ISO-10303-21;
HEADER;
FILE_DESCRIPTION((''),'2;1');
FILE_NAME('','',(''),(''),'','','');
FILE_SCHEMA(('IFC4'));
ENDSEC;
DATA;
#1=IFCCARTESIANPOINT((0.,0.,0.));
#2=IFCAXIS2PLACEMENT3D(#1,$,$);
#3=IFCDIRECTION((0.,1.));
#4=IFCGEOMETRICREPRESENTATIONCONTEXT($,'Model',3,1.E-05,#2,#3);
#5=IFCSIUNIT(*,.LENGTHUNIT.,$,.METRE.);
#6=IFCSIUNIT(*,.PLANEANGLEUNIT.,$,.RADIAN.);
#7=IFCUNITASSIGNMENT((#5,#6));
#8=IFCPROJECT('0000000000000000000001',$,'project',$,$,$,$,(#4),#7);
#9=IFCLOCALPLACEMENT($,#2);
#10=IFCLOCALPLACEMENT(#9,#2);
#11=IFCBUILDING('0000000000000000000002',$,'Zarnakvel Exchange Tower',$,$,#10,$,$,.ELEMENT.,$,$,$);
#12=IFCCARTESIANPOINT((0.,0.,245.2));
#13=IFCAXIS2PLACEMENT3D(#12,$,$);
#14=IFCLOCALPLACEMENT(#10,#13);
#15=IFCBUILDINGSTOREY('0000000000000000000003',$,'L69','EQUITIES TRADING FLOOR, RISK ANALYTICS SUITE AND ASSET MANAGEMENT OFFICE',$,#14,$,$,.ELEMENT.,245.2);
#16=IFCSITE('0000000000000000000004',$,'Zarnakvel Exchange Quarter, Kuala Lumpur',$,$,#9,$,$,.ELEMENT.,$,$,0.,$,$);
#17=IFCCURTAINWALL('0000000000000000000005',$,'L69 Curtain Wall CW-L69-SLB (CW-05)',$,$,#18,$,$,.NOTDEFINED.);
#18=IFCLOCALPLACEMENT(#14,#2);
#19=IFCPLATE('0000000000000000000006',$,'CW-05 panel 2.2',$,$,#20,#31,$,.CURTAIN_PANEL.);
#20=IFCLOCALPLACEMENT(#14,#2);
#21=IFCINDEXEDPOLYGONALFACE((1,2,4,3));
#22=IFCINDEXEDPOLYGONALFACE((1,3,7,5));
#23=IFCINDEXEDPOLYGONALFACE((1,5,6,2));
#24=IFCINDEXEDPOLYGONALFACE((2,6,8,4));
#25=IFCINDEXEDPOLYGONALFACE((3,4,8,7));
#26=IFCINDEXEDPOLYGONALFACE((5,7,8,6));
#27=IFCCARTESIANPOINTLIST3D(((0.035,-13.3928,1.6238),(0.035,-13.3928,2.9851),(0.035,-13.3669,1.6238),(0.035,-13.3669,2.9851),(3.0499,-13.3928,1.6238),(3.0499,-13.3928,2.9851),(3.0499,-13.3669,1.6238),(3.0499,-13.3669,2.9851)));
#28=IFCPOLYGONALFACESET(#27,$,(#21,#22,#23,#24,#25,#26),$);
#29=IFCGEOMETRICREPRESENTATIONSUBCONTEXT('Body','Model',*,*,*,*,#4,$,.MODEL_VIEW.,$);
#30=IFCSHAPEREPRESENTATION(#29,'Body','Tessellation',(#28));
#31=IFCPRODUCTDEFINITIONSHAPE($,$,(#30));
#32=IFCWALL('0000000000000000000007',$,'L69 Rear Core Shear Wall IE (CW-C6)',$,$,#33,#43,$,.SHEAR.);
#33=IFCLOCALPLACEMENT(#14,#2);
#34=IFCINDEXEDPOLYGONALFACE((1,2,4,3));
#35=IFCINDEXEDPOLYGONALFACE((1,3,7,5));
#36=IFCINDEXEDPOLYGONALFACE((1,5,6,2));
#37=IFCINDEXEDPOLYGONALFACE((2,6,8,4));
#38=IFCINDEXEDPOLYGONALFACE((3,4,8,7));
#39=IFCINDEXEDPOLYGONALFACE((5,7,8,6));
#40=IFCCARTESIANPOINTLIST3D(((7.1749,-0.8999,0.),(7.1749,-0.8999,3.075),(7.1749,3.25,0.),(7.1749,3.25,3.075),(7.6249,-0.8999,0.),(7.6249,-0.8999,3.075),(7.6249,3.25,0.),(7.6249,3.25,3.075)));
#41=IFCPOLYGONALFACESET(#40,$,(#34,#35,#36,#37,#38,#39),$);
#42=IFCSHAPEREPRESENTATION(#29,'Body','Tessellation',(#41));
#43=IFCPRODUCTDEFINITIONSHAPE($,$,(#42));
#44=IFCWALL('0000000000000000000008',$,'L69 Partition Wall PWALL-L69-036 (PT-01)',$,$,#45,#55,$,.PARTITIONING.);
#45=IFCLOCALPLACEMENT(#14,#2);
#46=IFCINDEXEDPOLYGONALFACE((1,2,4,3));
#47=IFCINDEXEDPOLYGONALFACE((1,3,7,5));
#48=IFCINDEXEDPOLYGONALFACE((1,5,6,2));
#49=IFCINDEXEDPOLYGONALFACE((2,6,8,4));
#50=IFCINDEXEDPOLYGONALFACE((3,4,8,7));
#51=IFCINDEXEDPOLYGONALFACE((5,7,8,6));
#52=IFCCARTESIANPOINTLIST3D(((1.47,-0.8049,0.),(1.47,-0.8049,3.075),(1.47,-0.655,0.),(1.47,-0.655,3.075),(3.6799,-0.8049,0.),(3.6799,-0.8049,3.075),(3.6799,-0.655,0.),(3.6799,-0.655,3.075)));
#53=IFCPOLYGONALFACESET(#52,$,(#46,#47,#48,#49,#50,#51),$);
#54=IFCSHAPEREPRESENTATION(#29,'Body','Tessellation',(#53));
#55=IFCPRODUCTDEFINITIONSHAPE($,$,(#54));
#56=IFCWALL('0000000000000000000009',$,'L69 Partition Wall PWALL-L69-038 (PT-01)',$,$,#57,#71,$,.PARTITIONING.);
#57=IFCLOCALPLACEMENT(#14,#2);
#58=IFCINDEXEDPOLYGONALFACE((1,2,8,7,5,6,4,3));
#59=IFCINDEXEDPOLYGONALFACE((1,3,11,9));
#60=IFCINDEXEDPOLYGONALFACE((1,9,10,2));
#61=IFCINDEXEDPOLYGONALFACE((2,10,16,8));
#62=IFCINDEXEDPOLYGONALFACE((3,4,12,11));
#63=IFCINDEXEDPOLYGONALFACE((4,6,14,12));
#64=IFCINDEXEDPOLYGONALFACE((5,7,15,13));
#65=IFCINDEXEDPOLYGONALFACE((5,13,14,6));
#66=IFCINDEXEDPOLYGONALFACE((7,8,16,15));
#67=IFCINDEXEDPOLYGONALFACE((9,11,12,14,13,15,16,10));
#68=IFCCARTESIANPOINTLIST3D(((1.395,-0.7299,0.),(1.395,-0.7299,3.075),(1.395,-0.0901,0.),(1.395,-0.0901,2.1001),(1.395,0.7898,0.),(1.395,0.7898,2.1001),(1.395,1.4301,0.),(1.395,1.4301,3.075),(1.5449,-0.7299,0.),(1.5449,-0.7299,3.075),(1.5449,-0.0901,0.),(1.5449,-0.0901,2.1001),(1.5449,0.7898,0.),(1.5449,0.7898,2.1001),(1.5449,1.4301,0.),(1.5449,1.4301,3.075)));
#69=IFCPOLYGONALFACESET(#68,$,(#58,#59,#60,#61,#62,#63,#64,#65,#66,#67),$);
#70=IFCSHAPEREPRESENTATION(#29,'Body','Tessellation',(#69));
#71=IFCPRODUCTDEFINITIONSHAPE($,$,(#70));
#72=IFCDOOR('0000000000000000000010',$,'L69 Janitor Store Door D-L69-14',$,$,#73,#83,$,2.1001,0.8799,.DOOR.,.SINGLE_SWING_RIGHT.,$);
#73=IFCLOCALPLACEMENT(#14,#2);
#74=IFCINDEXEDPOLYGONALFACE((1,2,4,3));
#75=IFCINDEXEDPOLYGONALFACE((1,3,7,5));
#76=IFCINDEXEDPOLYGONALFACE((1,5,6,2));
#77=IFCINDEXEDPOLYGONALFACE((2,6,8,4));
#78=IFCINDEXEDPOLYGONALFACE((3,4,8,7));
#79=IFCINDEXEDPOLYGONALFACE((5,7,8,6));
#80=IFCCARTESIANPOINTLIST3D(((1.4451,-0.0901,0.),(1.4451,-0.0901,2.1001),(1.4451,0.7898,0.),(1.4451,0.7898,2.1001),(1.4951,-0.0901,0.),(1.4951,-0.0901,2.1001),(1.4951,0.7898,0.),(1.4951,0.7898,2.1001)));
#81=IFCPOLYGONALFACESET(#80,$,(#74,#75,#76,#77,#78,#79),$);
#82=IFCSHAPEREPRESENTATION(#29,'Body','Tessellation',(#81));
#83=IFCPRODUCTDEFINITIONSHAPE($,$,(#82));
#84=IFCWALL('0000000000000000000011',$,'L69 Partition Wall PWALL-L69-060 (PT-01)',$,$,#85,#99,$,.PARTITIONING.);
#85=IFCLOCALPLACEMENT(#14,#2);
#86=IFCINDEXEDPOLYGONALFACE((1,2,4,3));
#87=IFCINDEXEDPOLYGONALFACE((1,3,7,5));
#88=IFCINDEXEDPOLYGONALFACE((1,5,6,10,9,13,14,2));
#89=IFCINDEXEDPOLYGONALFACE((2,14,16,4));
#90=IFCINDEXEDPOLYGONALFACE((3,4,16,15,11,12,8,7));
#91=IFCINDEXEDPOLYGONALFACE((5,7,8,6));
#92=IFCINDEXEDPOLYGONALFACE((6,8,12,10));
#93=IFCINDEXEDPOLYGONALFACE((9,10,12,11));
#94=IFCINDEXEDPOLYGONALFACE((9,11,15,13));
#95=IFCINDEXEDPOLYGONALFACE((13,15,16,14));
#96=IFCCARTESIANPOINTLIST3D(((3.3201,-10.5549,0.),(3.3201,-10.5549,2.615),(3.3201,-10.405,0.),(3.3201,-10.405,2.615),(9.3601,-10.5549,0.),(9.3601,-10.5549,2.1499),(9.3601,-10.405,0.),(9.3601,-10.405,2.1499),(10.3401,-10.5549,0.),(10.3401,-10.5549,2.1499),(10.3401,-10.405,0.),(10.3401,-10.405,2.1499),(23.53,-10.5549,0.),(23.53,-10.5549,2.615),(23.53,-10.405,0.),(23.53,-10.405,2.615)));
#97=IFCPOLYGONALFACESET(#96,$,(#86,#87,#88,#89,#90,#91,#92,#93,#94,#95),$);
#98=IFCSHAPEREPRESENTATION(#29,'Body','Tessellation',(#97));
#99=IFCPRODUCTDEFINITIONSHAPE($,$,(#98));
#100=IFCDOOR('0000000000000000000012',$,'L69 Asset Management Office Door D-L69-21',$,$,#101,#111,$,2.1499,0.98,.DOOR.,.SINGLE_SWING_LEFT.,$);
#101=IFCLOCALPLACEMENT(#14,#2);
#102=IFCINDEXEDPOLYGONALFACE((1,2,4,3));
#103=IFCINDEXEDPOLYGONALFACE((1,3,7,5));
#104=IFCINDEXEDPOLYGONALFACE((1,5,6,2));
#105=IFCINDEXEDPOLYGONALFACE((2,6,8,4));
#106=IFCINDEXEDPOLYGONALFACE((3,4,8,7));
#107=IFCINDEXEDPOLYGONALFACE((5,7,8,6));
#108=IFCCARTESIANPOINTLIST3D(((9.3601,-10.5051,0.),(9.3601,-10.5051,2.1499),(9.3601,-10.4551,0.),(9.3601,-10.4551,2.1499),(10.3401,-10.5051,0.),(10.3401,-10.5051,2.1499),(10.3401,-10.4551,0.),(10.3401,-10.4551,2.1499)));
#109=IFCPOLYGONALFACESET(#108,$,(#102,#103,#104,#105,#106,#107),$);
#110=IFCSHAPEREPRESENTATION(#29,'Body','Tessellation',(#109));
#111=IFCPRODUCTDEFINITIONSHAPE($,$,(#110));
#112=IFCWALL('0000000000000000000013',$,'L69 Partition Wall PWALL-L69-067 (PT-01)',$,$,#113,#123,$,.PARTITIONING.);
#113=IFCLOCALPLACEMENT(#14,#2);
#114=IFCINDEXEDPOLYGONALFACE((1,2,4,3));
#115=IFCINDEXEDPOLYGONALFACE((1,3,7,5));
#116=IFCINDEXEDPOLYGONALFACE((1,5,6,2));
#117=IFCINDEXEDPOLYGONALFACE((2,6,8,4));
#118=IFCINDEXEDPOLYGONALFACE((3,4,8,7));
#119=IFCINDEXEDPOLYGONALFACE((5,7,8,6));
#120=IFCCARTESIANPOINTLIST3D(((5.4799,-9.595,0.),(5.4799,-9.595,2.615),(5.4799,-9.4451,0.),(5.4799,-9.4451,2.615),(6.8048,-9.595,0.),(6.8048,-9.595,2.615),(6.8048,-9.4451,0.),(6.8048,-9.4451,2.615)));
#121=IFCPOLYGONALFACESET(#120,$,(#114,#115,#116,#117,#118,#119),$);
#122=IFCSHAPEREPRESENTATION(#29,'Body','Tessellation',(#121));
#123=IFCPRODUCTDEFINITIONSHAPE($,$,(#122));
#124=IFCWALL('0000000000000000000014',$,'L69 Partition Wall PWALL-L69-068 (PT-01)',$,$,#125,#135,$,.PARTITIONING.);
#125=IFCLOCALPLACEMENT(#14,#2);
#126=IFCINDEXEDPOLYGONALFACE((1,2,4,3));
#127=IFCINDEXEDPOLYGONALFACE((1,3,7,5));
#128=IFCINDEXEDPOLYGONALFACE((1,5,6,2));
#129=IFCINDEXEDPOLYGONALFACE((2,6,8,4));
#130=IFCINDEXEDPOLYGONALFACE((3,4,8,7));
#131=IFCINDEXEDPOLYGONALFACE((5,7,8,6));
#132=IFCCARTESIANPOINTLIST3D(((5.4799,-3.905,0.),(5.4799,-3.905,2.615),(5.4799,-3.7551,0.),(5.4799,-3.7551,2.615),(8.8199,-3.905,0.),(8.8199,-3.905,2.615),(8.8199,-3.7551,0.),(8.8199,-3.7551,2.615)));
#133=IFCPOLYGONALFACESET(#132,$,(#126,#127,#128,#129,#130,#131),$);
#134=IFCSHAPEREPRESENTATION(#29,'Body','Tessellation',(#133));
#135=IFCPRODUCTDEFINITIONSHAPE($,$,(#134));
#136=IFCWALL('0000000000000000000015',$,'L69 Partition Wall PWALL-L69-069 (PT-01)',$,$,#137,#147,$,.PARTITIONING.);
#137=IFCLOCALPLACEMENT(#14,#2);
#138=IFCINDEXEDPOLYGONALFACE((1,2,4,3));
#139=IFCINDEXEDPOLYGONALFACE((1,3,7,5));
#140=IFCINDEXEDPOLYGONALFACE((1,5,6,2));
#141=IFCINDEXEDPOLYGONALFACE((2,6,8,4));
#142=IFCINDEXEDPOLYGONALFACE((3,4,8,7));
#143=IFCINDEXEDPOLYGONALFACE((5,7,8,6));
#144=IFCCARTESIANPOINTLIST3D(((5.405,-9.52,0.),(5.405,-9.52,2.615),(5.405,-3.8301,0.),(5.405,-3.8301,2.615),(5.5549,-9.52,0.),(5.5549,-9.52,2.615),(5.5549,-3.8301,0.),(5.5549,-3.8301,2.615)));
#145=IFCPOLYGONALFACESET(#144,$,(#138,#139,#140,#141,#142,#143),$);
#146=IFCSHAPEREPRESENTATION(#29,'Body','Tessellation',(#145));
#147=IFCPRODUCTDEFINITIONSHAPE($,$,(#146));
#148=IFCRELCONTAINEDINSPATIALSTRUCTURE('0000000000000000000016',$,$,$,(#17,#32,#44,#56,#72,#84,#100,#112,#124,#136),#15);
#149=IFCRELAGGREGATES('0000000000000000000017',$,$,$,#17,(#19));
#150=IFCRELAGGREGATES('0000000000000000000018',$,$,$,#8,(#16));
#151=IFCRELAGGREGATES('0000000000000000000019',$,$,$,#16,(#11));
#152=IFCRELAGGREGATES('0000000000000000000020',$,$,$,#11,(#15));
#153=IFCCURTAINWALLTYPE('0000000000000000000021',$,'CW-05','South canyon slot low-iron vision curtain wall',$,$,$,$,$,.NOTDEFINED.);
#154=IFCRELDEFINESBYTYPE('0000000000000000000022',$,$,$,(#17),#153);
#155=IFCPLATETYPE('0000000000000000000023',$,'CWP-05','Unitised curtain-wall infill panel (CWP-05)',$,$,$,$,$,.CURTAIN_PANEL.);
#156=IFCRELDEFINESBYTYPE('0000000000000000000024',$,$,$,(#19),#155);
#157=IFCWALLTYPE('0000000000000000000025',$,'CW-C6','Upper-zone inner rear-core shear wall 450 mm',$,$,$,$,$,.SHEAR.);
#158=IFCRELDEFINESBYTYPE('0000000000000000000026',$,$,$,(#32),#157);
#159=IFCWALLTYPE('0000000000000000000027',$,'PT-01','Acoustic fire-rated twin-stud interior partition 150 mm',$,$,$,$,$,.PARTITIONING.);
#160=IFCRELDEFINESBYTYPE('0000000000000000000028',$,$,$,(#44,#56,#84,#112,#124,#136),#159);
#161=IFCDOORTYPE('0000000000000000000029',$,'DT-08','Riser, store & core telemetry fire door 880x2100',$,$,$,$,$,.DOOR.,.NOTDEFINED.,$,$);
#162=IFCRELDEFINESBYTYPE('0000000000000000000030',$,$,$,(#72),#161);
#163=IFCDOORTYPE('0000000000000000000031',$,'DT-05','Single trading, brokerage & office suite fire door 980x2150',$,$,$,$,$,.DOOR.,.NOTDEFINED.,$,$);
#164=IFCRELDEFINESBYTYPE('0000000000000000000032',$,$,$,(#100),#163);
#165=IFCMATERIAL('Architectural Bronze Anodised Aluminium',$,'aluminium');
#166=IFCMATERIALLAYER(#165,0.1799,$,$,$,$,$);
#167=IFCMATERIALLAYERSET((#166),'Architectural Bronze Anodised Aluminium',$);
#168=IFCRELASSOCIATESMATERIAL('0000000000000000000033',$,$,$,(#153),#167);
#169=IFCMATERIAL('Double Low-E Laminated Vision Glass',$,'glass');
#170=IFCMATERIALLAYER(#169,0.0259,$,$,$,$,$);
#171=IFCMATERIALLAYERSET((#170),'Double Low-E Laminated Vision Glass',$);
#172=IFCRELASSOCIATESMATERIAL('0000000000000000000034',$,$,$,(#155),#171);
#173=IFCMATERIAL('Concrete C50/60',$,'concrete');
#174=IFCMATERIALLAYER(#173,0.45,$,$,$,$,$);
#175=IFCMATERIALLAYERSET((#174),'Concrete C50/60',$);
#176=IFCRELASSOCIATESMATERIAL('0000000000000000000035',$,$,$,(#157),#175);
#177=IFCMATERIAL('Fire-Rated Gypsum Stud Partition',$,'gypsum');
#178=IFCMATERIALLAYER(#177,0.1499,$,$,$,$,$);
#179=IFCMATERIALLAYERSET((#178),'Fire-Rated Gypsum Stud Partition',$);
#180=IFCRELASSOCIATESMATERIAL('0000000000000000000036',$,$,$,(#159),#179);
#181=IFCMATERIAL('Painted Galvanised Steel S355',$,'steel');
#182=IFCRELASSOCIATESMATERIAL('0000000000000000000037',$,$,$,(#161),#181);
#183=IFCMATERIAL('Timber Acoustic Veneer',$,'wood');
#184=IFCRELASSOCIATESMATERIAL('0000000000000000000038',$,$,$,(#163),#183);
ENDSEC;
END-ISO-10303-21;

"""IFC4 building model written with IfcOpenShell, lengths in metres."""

from ifc_helpers import new_model, si_unit, direction, frame, frame_2d, origin, origin_2d, place, context, subcontext, project, spatial, rectangle, extrude, source, transform, mapped, material, layer, layer_set, type_object, element, fill, aggregate, save


model = new_model("IFC4")

# Units and contexts
model_context = context("Model", 3, precision=1e-05, world=origin(), true_north=direction((0.0, 1.0)))
body_context = subcontext(model_context, "Body", "Model", "MODEL_VIEW")
ifc_project = project(units=[si_unit("LENGTHUNIT", "METRE"), si_unit("PLANEANGLEUNIT", "RADIAN")], contexts=[model_context])

# Site, building, storey
site_placement = place(None, origin())
site = spatial("IfcSite", under=ifc_project, at=site_placement, Name="Zarnakvel Exchange Quarter, Kuala Lumpur", CompositionType="ELEMENT", RefElevation=0.0)
building_placement = place(site_placement, origin())
building = spatial("IfcBuilding", under=site, at=building_placement, Name="Zarnakvel Exchange Tower", CompositionType="ELEMENT")
storey_placement = place(building_placement, frame((0.0, 0.0, 245.2)))
storey = spatial("IfcBuildingStorey", under=building, at=storey_placement, Name="L69", Description="EQUITIES TRADING FLOOR, RISK ANALYTICS SUITE AND ASSET MANAGEMENT OFFICE", CompositionType="ELEMENT", Elevation=245.2)

# Shared definitions
ifc_material_1 = material(Name="Concrete C50/60", Category="concrete")

# Curtain wall
ifc_material_2 = material(Name="Architectural Bronze Anodised Aluminium", Category="aluminium")
ifc_layer_1 = layer(ifc_material_2, 0.1799)
ifc_layer_set_1 = layer_set([ifc_layer_1], Name="Architectural Bronze Anodised Aluminium")
curtain_wall_type = type_object("IfcCurtainWallType", Name="CW-05", Description="South canyon slot low-iron vision curtain wall", PredefinedType="NOTDEFINED", material=ifc_layer_set_1)
curtain_wall_placement = place(storey_placement, origin())
curtain_wall = element("IfcCurtainWall", 1, at=curtain_wall_placement, inside=storey, type_object=curtain_wall_type, Name="L69 Curtain Wall CW-L69-SLB (CW-05)", PredefinedType="NOTDEFINED")

# Plate
ifc_material_3 = material(Name="Double Low-E Laminated Vision Glass", Category="glass")
ifc_layer_2 = layer(ifc_material_3, 0.0259)
ifc_layer_set_2 = layer_set([ifc_layer_2], Name="Double Low-E Laminated Vision Glass")
plate_type = type_object("IfcPlateType", Name="CWP-05", Description="Unitised curtain-wall infill panel (CWP-05)", PredefinedType="CURTAIN_PANEL", material=ifc_layer_set_2)
shared_shape_1 = source(origin(), body_context, "Body", "SweptSolid", [
    extrude(rectangle(XDim=3.0149, YDim=0.0259, at=origin_2d()), origin(), (0.0, 0.0, 1.0), 1.3613),
])
plate_placement = place(storey_placement, frame((1.5425, -13.3799, 1.6238), z_axis=(0.0, 0.0, 1.0), x_axis=(1.0, 0.0, 0.0)))
plate = element("IfcPlate", 2, at=plate_placement, type_object=plate_type, Name="CW-05 panel 2.2", PredefinedType="CURTAIN_PANEL", context=body_context, shape_type="MappedRepresentation", body=[
    mapped(shared_shape_1, transform((0.0, 0.0, 0.0), x_axis=(1.0, 0.0, 0.0), y_axis=(0.0, 1.0, 0.0), z_axis=(0.0, 0.0, 1.0), scale=1.0)),
])
aggregate(curtain_wall, [plate])

# Walls
ifc_layer_3 = layer(ifc_material_1, 0.45)
ifc_layer_set_3 = layer_set([ifc_layer_3], Name="Concrete C50/60")
wall_type_1 = type_object("IfcWallType", Name="CW-C6", Description="Upper-zone inner rear-core shear wall 450 mm", PredefinedType="SHEAR", material=ifc_layer_set_3)
wall_1_placement = place(storey_placement, frame((7.3999, -0.8999, 0.0), z_axis=(0.0, 0.0, 1.0), x_axis=(0.0, 1.0, 0.0)))
element("IfcWall", 3, at=wall_1_placement, inside=storey, type_object=wall_type_1, Name="L69 Rear Core Shear Wall IE (CW-C6)", PredefinedType="SHEAR", context=body_context, shape_type="SweptSolid", body=[
    extrude(rectangle(XDim=4.1499, YDim=0.45, at=frame_2d((2.075, 0.0))), origin(), (0.0, 0.0, 1.0), 3.075),
])
ifc_material_4 = material(Name="Fire-Rated Gypsum Stud Partition", Category="gypsum")
ifc_layer_4 = layer(ifc_material_4, 0.1499)
ifc_layer_set_4 = layer_set([ifc_layer_4], Name="Fire-Rated Gypsum Stud Partition")
wall_type_2 = type_object("IfcWallType", Name="PT-01", Description="Acoustic fire-rated twin-stud interior partition 150 mm", PredefinedType="PARTITIONING", material=ifc_layer_set_4)
wall_2_placement = place(storey_placement, frame((3.6799, -0.73, 0.0), z_axis=(0.0, 0.0, 1.0), x_axis=(-1.0, 0.0, 0.0)))
element("IfcWall", 4, at=wall_2_placement, inside=storey, type_object=wall_type_2, Name="L69 Partition Wall PWALL-L69-036 (PT-01)", PredefinedType="PARTITIONING", context=body_context, shape_type="SweptSolid", body=[
    extrude(rectangle(XDim=2.21, YDim=0.1499, at=frame_2d((1.105, 0.0))), origin(), (0.0, 0.0, 1.0), 3.075),
])

# Walls, openings, doors
wall_3_placement = place(storey_placement, frame((1.47, -0.73, 0.0), z_axis=(0.0, 0.0, 1.0), x_axis=(0.0, 1.0, 0.0)))
wall_3 = element("IfcWall", 5, at=wall_3_placement, inside=storey, type_object=wall_type_2, Name="L69 Partition Wall PWALL-L69-038 (PT-01)", PredefinedType="PARTITIONING", context=body_context, shape_type="SweptSolid", body=[
    extrude(rectangle(XDim=2.1599, YDim=0.1499, at=frame_2d((1.0801, 0.0))), origin(), (0.0, 0.0, 1.0), 3.075),
])
opening_1_placement = place(wall_3_placement, frame((0.6399, 0.0, 0.0)))
opening_1 = element("IfcOpeningElement", 6, at=opening_1_placement, cuts=wall_3, PredefinedType="OPENING", context=body_context, shape_type="SweptSolid", body=[
    extrude(rectangle(XDim=0.8799, YDim=2.1001, at=frame_2d((0.4399, 1.05))), frame((0.0, 0.085, 0.0), z_axis=(0.0, -1.0, 0.0), x_axis=(1.0, 0.0, 0.0)), (0.0, 0.0, 1.0), 0.1699),
])
ifc_material_5 = material(Name="Painted Galvanised Steel S355", Category="steel")
door_type_1 = type_object("IfcDoorType", Name="DT-08", Description="Riser, store & core telemetry fire door 880x2100", OperationType="NOTDEFINED", PredefinedType="DOOR", material=ifc_material_5)
shared_shape_2 = source(origin(), body_context, "Body", "SweptSolid", [
    extrude(rectangle(XDim=0.8799, YDim=2.1001, at=frame_2d((0.4399, 1.05))), frame((0.0, 0.0249, 0.0), z_axis=(0.0, -1.0, 0.0), x_axis=(1.0, 0.0, 0.0)), (0.0, 0.0, 1.0), 0.05),
])
door_1_placement = place(opening_1_placement, origin())
door_1 = element("IfcDoor", 7, at=door_1_placement, inside=storey, type_object=door_type_1, Name="L69 Janitor Store Door D-L69-14", OperationType="SINGLE_SWING_RIGHT", OverallHeight=2.1001, OverallWidth=0.8799, PredefinedType="DOOR", context=body_context, shape_type="MappedRepresentation", body=[
    mapped(shared_shape_2, transform((0.0, 0.0, 0.0), x_axis=(1.0, 0.0, 0.0), y_axis=(0.0, 1.0, 0.0), z_axis=(0.0, 0.0, 1.0), scale=1.0)),
])
fill(opening_1, door_1)
wall_4_placement = place(storey_placement, frame((3.3201, -10.48, 0.0), z_axis=(0.0, 0.0, 1.0), x_axis=(1.0, 0.0, 0.0)))
wall_4 = element("IfcWall", 8, at=wall_4_placement, inside=storey, type_object=wall_type_2, Name="L69 Partition Wall PWALL-L69-060 (PT-01)", PredefinedType="PARTITIONING", context=body_context, shape_type="SweptSolid", body=[
    extrude(rectangle(XDim=20.21, YDim=0.1499, at=frame_2d((10.105, 0.0))), origin(), (0.0, 0.0, 1.0), 2.615),
])
opening_2_placement = place(wall_4_placement, frame((6.04, 0.0, 0.0)))
opening_2 = element("IfcOpeningElement", 9, at=opening_2_placement, cuts=wall_4, PredefinedType="OPENING", context=body_context, shape_type="SweptSolid", body=[
    extrude(rectangle(XDim=0.98, YDim=2.1499, at=frame_2d((0.49, 1.075))), frame((0.0, 0.085, 0.0), z_axis=(0.0, -1.0, 0.0), x_axis=(1.0, 0.0, 0.0)), (0.0, 0.0, 1.0), 0.1699),
])
ifc_material_6 = material(Name="Timber Acoustic Veneer", Category="wood")
door_type_2 = type_object("IfcDoorType", Name="DT-05", Description="Single trading, brokerage & office suite fire door 980x2150", OperationType="NOTDEFINED", PredefinedType="DOOR", material=ifc_material_6)
shared_shape_3 = source(origin(), body_context, "Body", "SweptSolid", [
    extrude(rectangle(XDim=0.98, YDim=2.1499, at=frame_2d((0.49, 1.075))), frame((0.0, 0.0249, 0.0), z_axis=(0.0, -1.0, 0.0), x_axis=(1.0, 0.0, 0.0)), (0.0, 0.0, 1.0), 0.05),
])
door_2_placement = place(opening_2_placement, origin())
door_2 = element("IfcDoor", 10, at=door_2_placement, inside=storey, type_object=door_type_2, Name="L69 Asset Management Office Door D-L69-21", OperationType="SINGLE_SWING_LEFT", OverallHeight=2.1499, OverallWidth=0.98, PredefinedType="DOOR", context=body_context, shape_type="MappedRepresentation", body=[
    mapped(shared_shape_3, transform((0.0, 0.0, 0.0), x_axis=(1.0, 0.0, 0.0), y_axis=(0.0, 1.0, 0.0), z_axis=(0.0, 0.0, 1.0), scale=1.0)),
])
fill(opening_2, door_2)

# Walls
wall_5_placement = place(storey_placement, frame((6.8049, -9.52, 0.0), z_axis=(0.0, 0.0, 1.0), x_axis=(-1.0, 0.0, 0.0)))
element("IfcWall", 11, at=wall_5_placement, inside=storey, type_object=wall_type_2, Name="L69 Partition Wall PWALL-L69-067 (PT-01)", PredefinedType="PARTITIONING", context=body_context, shape_type="SweptSolid", body=[
    extrude(rectangle(XDim=1.325, YDim=0.1499, at=frame_2d((0.6626, 0.0))), origin(), (0.0, 0.0, 1.0), 2.615),
])
wall_6_placement = place(storey_placement, frame((5.48, -3.8301, 0.0), z_axis=(0.0, 0.0, 1.0), x_axis=(1.0, 0.0, 0.0)))
element("IfcWall", 12, at=wall_6_placement, inside=storey, type_object=wall_type_2, Name="L69 Partition Wall PWALL-L69-068 (PT-01)", PredefinedType="PARTITIONING", context=body_context, shape_type="SweptSolid", body=[
    extrude(rectangle(XDim=3.3401, YDim=0.1499, at=frame_2d((1.6699, 0.0))), origin(), (0.0, 0.0, 1.0), 2.615),
])
wall_7_placement = place(storey_placement, frame((5.48, -9.52, 0.0), z_axis=(0.0, 0.0, 1.0), x_axis=(0.0, 1.0, 0.0)))
element("IfcWall", 13, at=wall_7_placement, inside=storey, type_object=wall_type_2, Name="L69 Partition Wall PWALL-L69-069 (PT-01)", PredefinedType="PARTITIONING", context=body_context, shape_type="SweptSolid", body=[
    extrude(rectangle(XDim=5.6899, YDim=0.1499, at=frame_2d((2.845, 0.0))), origin(), (0.0, 0.0, 1.0), 2.615),
])

save(model, "model.ifc")
